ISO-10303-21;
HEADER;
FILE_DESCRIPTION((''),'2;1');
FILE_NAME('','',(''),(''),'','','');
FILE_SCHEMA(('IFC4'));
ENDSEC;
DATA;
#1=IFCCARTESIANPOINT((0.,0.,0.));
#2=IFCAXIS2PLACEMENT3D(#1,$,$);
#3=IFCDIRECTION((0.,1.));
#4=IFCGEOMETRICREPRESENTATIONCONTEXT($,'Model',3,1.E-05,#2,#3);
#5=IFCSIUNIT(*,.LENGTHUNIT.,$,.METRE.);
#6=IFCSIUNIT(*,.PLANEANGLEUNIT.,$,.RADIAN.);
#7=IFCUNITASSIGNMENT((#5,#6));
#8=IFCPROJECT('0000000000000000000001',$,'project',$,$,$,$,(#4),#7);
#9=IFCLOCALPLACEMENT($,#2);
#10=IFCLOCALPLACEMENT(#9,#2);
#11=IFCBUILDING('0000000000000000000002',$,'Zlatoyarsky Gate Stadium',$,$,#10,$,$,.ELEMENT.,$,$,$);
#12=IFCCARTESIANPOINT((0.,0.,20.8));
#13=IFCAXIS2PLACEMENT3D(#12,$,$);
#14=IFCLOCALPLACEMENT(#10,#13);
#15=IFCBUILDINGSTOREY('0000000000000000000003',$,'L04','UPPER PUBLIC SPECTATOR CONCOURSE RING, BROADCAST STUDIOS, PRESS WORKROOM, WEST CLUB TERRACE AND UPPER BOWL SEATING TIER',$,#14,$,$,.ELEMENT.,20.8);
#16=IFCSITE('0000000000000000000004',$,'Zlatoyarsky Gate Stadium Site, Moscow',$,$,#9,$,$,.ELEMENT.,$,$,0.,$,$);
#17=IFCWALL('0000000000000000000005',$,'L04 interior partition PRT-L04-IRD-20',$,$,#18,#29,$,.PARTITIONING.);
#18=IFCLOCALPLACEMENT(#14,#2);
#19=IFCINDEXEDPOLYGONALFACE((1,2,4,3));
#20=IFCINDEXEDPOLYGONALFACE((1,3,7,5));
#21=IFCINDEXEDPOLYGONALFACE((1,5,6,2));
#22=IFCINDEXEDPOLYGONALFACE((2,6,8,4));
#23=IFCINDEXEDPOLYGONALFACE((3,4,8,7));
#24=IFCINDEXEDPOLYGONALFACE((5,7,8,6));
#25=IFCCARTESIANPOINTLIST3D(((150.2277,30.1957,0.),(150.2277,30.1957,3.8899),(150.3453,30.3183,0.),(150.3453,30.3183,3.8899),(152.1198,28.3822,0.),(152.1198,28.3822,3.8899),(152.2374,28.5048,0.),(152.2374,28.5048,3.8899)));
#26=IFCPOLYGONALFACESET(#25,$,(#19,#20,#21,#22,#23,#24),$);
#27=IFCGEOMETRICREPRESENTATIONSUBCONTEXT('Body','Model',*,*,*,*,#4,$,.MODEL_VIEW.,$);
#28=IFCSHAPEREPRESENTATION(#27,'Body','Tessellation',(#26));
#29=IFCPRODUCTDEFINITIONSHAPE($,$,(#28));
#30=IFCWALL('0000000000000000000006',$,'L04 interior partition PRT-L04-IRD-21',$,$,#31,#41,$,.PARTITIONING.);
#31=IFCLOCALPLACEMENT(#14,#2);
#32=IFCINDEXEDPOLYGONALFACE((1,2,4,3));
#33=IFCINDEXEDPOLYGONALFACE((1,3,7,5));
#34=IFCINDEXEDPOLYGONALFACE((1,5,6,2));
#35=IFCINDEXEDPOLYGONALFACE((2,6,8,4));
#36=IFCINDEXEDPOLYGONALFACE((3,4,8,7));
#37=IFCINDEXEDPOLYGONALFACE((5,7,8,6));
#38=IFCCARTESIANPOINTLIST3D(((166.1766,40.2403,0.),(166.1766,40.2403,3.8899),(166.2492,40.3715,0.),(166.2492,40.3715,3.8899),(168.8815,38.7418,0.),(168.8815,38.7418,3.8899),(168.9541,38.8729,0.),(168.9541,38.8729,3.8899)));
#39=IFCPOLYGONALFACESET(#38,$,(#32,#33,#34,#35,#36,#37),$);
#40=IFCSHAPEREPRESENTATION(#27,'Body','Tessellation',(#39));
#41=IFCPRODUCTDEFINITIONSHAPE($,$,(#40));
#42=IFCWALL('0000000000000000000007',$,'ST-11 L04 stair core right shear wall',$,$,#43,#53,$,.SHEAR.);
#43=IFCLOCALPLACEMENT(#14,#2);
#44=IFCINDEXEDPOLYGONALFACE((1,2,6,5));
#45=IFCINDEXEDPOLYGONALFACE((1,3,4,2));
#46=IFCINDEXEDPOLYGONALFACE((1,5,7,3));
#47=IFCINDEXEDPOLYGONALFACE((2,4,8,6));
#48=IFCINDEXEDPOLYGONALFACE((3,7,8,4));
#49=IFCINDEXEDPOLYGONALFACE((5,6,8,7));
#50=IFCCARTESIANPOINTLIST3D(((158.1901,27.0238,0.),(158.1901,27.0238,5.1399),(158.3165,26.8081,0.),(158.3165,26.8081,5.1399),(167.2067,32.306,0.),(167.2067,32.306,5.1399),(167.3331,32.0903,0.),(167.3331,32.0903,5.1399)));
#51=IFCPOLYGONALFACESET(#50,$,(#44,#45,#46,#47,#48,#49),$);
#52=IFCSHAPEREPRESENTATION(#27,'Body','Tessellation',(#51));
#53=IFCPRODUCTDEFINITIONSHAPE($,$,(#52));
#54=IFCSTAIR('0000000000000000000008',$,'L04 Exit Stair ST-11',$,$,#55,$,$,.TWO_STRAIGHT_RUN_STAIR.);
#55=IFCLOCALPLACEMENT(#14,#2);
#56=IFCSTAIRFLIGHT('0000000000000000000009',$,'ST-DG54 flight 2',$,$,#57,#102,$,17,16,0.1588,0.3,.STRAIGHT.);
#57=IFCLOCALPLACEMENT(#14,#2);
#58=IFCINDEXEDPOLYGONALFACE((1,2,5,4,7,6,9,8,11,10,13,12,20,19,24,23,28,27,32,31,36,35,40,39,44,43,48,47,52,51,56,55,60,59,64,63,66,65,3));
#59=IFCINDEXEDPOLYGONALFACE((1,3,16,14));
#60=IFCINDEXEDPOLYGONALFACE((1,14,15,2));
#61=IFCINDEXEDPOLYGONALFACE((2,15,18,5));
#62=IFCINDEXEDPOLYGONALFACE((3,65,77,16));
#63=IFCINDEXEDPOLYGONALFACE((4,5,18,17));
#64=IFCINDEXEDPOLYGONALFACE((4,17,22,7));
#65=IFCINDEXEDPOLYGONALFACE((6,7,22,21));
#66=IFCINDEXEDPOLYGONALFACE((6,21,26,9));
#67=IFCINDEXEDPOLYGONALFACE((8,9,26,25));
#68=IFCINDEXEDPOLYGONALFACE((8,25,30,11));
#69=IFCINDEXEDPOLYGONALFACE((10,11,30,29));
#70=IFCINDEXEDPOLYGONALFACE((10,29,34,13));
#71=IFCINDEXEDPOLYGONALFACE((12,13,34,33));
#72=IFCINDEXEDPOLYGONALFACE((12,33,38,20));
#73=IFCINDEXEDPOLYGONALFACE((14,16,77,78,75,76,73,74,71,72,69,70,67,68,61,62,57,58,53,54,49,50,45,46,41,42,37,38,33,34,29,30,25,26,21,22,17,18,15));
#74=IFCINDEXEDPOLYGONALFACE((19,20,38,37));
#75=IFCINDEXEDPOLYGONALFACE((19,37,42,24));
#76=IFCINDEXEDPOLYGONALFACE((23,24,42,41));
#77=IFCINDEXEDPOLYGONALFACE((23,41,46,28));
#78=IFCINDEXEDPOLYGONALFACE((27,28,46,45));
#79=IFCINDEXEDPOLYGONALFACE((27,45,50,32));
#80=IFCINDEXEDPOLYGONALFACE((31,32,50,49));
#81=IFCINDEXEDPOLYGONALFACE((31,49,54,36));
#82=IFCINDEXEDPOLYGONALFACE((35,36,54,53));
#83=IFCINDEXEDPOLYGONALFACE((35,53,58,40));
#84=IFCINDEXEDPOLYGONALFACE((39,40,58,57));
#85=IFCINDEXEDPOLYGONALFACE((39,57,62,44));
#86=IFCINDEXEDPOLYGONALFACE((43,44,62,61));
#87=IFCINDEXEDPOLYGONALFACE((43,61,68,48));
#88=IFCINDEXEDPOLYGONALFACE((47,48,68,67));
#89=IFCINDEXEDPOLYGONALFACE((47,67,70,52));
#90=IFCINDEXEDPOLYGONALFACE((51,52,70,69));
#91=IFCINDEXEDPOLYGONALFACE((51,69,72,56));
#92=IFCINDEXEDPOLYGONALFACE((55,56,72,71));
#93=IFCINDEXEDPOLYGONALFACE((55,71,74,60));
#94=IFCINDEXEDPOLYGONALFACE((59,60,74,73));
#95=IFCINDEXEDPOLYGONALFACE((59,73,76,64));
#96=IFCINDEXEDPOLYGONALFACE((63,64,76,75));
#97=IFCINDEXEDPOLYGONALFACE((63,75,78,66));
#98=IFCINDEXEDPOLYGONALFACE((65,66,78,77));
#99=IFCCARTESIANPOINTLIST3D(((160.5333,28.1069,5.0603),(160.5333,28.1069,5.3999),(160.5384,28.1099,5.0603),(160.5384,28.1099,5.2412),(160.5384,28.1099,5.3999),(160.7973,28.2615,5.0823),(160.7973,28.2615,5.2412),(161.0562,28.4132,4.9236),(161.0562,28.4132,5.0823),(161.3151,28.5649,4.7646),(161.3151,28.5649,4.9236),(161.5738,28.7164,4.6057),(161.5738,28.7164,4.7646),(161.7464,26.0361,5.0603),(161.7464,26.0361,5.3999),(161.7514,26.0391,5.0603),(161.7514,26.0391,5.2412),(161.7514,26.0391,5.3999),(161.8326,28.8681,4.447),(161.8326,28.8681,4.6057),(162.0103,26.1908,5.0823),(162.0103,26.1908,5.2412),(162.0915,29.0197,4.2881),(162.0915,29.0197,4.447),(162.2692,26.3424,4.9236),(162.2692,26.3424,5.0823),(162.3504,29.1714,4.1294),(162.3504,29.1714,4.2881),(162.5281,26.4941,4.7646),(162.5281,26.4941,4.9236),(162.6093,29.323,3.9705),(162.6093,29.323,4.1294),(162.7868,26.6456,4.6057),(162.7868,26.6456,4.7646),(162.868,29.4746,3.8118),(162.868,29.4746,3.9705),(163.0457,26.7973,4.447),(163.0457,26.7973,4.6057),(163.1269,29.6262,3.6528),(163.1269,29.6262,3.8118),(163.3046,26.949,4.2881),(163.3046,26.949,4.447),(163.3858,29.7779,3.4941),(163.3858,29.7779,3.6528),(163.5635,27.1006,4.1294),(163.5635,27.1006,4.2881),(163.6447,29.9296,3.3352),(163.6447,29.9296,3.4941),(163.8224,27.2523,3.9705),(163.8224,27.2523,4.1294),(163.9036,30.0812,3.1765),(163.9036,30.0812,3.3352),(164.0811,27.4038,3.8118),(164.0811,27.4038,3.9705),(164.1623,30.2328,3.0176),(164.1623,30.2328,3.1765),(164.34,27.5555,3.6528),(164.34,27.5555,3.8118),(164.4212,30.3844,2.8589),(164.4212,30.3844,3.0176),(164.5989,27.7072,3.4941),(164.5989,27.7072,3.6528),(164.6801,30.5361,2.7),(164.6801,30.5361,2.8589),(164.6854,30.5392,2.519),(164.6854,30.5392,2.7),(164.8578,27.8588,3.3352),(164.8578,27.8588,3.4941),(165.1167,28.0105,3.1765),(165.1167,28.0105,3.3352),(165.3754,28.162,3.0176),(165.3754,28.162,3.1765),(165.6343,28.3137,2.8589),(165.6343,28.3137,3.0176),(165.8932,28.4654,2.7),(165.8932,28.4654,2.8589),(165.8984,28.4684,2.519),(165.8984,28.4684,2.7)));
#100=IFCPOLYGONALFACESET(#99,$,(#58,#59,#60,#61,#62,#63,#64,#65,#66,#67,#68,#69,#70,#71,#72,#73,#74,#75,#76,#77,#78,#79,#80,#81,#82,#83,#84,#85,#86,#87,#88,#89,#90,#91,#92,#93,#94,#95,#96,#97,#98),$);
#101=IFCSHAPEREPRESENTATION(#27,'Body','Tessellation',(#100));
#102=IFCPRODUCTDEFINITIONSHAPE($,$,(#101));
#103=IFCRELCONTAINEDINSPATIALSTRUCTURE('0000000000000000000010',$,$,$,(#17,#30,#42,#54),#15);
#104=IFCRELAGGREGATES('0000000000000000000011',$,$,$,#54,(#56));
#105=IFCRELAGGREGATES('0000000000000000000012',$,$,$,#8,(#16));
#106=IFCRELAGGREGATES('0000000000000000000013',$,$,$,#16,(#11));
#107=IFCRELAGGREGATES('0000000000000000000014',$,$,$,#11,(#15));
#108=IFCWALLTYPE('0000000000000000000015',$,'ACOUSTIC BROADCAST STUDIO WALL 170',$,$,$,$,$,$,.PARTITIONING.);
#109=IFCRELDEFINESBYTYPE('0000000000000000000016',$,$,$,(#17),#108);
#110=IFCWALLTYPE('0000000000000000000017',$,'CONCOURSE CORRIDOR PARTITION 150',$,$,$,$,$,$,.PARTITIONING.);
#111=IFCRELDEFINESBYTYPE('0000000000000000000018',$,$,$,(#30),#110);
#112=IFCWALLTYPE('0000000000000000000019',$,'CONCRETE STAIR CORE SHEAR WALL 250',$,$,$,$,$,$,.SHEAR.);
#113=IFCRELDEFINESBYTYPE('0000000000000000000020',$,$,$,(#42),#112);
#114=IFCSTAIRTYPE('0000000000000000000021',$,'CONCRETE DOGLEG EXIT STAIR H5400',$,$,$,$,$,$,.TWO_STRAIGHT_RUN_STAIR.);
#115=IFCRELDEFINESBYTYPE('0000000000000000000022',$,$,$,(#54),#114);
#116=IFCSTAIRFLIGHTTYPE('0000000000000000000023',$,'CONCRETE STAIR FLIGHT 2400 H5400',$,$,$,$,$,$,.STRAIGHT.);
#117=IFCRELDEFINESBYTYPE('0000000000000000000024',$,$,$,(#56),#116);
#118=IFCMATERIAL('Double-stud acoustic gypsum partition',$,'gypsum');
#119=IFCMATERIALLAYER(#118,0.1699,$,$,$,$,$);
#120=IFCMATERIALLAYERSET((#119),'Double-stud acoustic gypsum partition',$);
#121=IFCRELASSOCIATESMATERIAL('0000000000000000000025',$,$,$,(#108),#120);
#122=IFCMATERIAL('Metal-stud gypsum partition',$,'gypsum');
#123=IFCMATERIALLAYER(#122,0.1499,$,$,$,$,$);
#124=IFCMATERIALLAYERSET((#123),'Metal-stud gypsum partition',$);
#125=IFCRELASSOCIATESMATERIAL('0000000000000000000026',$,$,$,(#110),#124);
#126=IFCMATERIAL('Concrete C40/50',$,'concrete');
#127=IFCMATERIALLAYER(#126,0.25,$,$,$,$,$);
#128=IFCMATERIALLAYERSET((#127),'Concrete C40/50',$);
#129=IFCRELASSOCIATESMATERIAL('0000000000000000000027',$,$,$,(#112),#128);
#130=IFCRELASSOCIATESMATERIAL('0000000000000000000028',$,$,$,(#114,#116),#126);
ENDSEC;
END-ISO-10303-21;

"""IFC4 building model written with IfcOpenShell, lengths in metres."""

from ifc_helpers import new_model, si_unit, direction, frame, frame_2d, origin, place, context, subcontext, project, spatial, polyline, rectangle, outline, extrude, material, layer, layer_set, type_object, element, aggregate, save


model = new_model("IFC4")

# Units and contexts
model_context = context("Model", 3, precision=1e-05, world=origin(), true_north=direction((0.0, 1.0)))
body_context = subcontext(model_context, "Body", "Model", "MODEL_VIEW")
ifc_project = project(units=[si_unit("LENGTHUNIT", "METRE"), si_unit("PLANEANGLEUNIT", "RADIAN")], contexts=[model_context])

# Site, building, storey
site_placement = place(None, origin())
site = spatial("IfcSite", under=ifc_project, at=site_placement, Name="Zlatoyarsky Gate Stadium Site, Moscow", CompositionType="ELEMENT", RefElevation=0.0)
building_placement = place(site_placement, origin())
building = spatial("IfcBuilding", under=site, at=building_placement, Name="Zlatoyarsky Gate Stadium", CompositionType="ELEMENT")
storey_placement = place(building_placement, frame((0.0, 0.0, 20.8)))
storey = spatial("IfcBuildingStorey", under=building, at=storey_placement, Name="L04", Description="UPPER PUBLIC SPECTATOR CONCOURSE RING, BROADCAST STUDIOS, PRESS WORKROOM, WEST CLUB TERRACE AND UPPER BOWL SEATING TIER", CompositionType="ELEMENT", Elevation=20.8)

# Shared definitions
ifc_material_1 = material(Name="Concrete C40/50", Category="concrete")

# Walls
ifc_material_2 = material(Name="Double-stud acoustic gypsum partition", Category="gypsum")
ifc_layer_1 = layer(ifc_material_2, 0.1699)
ifc_layer_set_1 = layer_set([ifc_layer_1], Name="Double-stud acoustic gypsum partition")
wall_type_1 = type_object("IfcWallType", Name="ACOUSTIC BROADCAST STUDIO WALL 170", PredefinedType="PARTITIONING", material=ifc_layer_set_1)
wall_1_placement = place(storey_placement, frame((150.2864, 30.2571, 0.0), z_axis=(0.0, 0.0, 1.0), x_axis=(0.721946, -0.69195, 0.0)))
element("IfcWall", 1, at=wall_1_placement, inside=storey, type_object=wall_type_1, Name="L04 interior partition PRT-L04-IRD-20", PredefinedType="PARTITIONING", context=body_context, shape_type="SweptSolid", body=[
    extrude(rectangle(XDim=2.6208, YDim=0.1699, at=frame_2d((1.3105, 0.0))), origin(), (0.0, 0.0, 1.0), 3.8899),
])
ifc_material_3 = material(Name="Metal-stud gypsum partition", Category="gypsum")
ifc_layer_2 = layer(ifc_material_3, 0.1499)
ifc_layer_set_2 = layer_set([ifc_layer_2], Name="Metal-stud gypsum partition")
wall_type_2 = type_object("IfcWallType", Name="CONCOURSE CORRIDOR PARTITION 150", PredefinedType="PARTITIONING", material=ifc_layer_set_2)
wall_2_placement = place(storey_placement, frame((166.2129, 40.3059, 0.0), z_axis=(0.0, 0.0, 1.0), x_axis=(0.874726, -0.484617, 0.0)))
element("IfcWall", 2, at=wall_2_placement, inside=storey, type_object=wall_type_2, Name="L04 interior partition PRT-L04-IRD-21", PredefinedType="PARTITIONING", context=body_context, shape_type="SweptSolid", body=[
    extrude(rectangle(XDim=3.0923, YDim=0.1499, at=frame_2d((1.5461, 0.0))), origin(), (0.0, 0.0, 1.0), 3.8899),
])
ifc_layer_3 = layer(ifc_material_1, 0.25)
ifc_layer_set_3 = layer_set([ifc_layer_3], Name="Concrete C40/50")
wall_type_3 = type_object("IfcWallType", Name="CONCRETE STAIR CORE SHEAR WALL 250", PredefinedType="SHEAR", material=ifc_layer_set_3)
wall_3_placement = place(storey_placement, frame((167.27, 32.1982, 0.0), z_axis=(0.0, 0.0, 1.0), x_axis=(-0.862839, -0.50548, 0.0)))
element("IfcWall", 3, at=wall_3_placement, inside=storey, type_object=wall_type_3, Name="ST-11 L04 stair core right shear wall", PredefinedType="SHEAR", context=body_context, shape_type="SweptSolid", body=[
    extrude(rectangle(XDim=10.45, YDim=0.25, at=frame_2d((5.2251, 0.0))), origin(), (0.0, 0.0, 1.0), 5.1399),
])

# Stair, stair flight
stair_type = type_object("IfcStairType", Name="CONCRETE DOGLEG EXIT STAIR H5400", PredefinedType="TWO_STRAIGHT_RUN_STAIR", material=ifc_material_1)
stair_placement = place(storey_placement, origin())
stair = element("IfcStair", 4, at=stair_placement, inside=storey, type_object=stair_type, Name="L04 Exit Stair ST-11", PredefinedType="TWO_STRAIGHT_RUN_STAIR")
stair_flight_type = type_object("IfcStairFlightType", Name="CONCRETE STAIR FLIGHT 2400 H5400", PredefinedType="STRAIGHT", material=ifc_material_1)
stair_flight_placement = place(storey_placement, frame((165.2866, 29.5007, 2.7), z_axis=(0.0, 0.0, 1.0), x_axis=(-0.862848, -0.505463, 0.0)))
stair_flight = element("IfcStairFlight", 5, at=stair_flight_placement, type_object=stair_flight_type, Name="ST-DG54 flight 2", NumberOfRisers=17, NumberOfTreads=16, PredefinedType="STRAIGHT", RiserHeight=0.1588, TreadLength=0.3, context=body_context, shape_type="SweptSolid", body=[
    extrude(outline(polyline([(-0.0061, -0.1809), (-0.0061, 0.0), (0.0, 0.0), (0.0, 0.1589), (0.3, 0.1589), (0.3, 0.3176), (0.6001, 0.3176), (0.6001, 0.4766), (0.8999, 0.4766), (0.8999, 0.6353), (1.2, 0.6353), (1.2, 0.7942), (1.5, 0.7942), (1.5, 0.9529), (1.8, 0.9529), (1.8, 1.1118), (2.1001, 1.1118), (2.1001, 1.2705), (2.3999, 1.2705), (2.3999, 1.4294), (2.7, 1.4294), (2.7, 1.5881), (3.0, 1.5881), (3.0, 1.7471), (3.3, 1.7471), (3.3, 1.9058), (3.6001, 1.9058), (3.6001, 2.0647), (3.8999, 2.0647), (3.8999, 2.2236), (4.2, 2.2236), (4.2, 2.3823), (4.5, 2.3823), (4.5, 2.5413), (4.8, 2.5413), (4.8, 2.7), (4.8059, 2.7), (4.8059, 2.3604), (4.8, 2.3604), (-0.0061, -0.1809)])), frame((0.0, 1.2, 0.0), z_axis=(0.0, -1.0, 0.0), x_axis=(1.0, 0.0, 0.0)), (0.0, 0.0, 1.0), 2.3999),
])
aggregate(stair, [stair_flight])

save(model, "model.ifc")
